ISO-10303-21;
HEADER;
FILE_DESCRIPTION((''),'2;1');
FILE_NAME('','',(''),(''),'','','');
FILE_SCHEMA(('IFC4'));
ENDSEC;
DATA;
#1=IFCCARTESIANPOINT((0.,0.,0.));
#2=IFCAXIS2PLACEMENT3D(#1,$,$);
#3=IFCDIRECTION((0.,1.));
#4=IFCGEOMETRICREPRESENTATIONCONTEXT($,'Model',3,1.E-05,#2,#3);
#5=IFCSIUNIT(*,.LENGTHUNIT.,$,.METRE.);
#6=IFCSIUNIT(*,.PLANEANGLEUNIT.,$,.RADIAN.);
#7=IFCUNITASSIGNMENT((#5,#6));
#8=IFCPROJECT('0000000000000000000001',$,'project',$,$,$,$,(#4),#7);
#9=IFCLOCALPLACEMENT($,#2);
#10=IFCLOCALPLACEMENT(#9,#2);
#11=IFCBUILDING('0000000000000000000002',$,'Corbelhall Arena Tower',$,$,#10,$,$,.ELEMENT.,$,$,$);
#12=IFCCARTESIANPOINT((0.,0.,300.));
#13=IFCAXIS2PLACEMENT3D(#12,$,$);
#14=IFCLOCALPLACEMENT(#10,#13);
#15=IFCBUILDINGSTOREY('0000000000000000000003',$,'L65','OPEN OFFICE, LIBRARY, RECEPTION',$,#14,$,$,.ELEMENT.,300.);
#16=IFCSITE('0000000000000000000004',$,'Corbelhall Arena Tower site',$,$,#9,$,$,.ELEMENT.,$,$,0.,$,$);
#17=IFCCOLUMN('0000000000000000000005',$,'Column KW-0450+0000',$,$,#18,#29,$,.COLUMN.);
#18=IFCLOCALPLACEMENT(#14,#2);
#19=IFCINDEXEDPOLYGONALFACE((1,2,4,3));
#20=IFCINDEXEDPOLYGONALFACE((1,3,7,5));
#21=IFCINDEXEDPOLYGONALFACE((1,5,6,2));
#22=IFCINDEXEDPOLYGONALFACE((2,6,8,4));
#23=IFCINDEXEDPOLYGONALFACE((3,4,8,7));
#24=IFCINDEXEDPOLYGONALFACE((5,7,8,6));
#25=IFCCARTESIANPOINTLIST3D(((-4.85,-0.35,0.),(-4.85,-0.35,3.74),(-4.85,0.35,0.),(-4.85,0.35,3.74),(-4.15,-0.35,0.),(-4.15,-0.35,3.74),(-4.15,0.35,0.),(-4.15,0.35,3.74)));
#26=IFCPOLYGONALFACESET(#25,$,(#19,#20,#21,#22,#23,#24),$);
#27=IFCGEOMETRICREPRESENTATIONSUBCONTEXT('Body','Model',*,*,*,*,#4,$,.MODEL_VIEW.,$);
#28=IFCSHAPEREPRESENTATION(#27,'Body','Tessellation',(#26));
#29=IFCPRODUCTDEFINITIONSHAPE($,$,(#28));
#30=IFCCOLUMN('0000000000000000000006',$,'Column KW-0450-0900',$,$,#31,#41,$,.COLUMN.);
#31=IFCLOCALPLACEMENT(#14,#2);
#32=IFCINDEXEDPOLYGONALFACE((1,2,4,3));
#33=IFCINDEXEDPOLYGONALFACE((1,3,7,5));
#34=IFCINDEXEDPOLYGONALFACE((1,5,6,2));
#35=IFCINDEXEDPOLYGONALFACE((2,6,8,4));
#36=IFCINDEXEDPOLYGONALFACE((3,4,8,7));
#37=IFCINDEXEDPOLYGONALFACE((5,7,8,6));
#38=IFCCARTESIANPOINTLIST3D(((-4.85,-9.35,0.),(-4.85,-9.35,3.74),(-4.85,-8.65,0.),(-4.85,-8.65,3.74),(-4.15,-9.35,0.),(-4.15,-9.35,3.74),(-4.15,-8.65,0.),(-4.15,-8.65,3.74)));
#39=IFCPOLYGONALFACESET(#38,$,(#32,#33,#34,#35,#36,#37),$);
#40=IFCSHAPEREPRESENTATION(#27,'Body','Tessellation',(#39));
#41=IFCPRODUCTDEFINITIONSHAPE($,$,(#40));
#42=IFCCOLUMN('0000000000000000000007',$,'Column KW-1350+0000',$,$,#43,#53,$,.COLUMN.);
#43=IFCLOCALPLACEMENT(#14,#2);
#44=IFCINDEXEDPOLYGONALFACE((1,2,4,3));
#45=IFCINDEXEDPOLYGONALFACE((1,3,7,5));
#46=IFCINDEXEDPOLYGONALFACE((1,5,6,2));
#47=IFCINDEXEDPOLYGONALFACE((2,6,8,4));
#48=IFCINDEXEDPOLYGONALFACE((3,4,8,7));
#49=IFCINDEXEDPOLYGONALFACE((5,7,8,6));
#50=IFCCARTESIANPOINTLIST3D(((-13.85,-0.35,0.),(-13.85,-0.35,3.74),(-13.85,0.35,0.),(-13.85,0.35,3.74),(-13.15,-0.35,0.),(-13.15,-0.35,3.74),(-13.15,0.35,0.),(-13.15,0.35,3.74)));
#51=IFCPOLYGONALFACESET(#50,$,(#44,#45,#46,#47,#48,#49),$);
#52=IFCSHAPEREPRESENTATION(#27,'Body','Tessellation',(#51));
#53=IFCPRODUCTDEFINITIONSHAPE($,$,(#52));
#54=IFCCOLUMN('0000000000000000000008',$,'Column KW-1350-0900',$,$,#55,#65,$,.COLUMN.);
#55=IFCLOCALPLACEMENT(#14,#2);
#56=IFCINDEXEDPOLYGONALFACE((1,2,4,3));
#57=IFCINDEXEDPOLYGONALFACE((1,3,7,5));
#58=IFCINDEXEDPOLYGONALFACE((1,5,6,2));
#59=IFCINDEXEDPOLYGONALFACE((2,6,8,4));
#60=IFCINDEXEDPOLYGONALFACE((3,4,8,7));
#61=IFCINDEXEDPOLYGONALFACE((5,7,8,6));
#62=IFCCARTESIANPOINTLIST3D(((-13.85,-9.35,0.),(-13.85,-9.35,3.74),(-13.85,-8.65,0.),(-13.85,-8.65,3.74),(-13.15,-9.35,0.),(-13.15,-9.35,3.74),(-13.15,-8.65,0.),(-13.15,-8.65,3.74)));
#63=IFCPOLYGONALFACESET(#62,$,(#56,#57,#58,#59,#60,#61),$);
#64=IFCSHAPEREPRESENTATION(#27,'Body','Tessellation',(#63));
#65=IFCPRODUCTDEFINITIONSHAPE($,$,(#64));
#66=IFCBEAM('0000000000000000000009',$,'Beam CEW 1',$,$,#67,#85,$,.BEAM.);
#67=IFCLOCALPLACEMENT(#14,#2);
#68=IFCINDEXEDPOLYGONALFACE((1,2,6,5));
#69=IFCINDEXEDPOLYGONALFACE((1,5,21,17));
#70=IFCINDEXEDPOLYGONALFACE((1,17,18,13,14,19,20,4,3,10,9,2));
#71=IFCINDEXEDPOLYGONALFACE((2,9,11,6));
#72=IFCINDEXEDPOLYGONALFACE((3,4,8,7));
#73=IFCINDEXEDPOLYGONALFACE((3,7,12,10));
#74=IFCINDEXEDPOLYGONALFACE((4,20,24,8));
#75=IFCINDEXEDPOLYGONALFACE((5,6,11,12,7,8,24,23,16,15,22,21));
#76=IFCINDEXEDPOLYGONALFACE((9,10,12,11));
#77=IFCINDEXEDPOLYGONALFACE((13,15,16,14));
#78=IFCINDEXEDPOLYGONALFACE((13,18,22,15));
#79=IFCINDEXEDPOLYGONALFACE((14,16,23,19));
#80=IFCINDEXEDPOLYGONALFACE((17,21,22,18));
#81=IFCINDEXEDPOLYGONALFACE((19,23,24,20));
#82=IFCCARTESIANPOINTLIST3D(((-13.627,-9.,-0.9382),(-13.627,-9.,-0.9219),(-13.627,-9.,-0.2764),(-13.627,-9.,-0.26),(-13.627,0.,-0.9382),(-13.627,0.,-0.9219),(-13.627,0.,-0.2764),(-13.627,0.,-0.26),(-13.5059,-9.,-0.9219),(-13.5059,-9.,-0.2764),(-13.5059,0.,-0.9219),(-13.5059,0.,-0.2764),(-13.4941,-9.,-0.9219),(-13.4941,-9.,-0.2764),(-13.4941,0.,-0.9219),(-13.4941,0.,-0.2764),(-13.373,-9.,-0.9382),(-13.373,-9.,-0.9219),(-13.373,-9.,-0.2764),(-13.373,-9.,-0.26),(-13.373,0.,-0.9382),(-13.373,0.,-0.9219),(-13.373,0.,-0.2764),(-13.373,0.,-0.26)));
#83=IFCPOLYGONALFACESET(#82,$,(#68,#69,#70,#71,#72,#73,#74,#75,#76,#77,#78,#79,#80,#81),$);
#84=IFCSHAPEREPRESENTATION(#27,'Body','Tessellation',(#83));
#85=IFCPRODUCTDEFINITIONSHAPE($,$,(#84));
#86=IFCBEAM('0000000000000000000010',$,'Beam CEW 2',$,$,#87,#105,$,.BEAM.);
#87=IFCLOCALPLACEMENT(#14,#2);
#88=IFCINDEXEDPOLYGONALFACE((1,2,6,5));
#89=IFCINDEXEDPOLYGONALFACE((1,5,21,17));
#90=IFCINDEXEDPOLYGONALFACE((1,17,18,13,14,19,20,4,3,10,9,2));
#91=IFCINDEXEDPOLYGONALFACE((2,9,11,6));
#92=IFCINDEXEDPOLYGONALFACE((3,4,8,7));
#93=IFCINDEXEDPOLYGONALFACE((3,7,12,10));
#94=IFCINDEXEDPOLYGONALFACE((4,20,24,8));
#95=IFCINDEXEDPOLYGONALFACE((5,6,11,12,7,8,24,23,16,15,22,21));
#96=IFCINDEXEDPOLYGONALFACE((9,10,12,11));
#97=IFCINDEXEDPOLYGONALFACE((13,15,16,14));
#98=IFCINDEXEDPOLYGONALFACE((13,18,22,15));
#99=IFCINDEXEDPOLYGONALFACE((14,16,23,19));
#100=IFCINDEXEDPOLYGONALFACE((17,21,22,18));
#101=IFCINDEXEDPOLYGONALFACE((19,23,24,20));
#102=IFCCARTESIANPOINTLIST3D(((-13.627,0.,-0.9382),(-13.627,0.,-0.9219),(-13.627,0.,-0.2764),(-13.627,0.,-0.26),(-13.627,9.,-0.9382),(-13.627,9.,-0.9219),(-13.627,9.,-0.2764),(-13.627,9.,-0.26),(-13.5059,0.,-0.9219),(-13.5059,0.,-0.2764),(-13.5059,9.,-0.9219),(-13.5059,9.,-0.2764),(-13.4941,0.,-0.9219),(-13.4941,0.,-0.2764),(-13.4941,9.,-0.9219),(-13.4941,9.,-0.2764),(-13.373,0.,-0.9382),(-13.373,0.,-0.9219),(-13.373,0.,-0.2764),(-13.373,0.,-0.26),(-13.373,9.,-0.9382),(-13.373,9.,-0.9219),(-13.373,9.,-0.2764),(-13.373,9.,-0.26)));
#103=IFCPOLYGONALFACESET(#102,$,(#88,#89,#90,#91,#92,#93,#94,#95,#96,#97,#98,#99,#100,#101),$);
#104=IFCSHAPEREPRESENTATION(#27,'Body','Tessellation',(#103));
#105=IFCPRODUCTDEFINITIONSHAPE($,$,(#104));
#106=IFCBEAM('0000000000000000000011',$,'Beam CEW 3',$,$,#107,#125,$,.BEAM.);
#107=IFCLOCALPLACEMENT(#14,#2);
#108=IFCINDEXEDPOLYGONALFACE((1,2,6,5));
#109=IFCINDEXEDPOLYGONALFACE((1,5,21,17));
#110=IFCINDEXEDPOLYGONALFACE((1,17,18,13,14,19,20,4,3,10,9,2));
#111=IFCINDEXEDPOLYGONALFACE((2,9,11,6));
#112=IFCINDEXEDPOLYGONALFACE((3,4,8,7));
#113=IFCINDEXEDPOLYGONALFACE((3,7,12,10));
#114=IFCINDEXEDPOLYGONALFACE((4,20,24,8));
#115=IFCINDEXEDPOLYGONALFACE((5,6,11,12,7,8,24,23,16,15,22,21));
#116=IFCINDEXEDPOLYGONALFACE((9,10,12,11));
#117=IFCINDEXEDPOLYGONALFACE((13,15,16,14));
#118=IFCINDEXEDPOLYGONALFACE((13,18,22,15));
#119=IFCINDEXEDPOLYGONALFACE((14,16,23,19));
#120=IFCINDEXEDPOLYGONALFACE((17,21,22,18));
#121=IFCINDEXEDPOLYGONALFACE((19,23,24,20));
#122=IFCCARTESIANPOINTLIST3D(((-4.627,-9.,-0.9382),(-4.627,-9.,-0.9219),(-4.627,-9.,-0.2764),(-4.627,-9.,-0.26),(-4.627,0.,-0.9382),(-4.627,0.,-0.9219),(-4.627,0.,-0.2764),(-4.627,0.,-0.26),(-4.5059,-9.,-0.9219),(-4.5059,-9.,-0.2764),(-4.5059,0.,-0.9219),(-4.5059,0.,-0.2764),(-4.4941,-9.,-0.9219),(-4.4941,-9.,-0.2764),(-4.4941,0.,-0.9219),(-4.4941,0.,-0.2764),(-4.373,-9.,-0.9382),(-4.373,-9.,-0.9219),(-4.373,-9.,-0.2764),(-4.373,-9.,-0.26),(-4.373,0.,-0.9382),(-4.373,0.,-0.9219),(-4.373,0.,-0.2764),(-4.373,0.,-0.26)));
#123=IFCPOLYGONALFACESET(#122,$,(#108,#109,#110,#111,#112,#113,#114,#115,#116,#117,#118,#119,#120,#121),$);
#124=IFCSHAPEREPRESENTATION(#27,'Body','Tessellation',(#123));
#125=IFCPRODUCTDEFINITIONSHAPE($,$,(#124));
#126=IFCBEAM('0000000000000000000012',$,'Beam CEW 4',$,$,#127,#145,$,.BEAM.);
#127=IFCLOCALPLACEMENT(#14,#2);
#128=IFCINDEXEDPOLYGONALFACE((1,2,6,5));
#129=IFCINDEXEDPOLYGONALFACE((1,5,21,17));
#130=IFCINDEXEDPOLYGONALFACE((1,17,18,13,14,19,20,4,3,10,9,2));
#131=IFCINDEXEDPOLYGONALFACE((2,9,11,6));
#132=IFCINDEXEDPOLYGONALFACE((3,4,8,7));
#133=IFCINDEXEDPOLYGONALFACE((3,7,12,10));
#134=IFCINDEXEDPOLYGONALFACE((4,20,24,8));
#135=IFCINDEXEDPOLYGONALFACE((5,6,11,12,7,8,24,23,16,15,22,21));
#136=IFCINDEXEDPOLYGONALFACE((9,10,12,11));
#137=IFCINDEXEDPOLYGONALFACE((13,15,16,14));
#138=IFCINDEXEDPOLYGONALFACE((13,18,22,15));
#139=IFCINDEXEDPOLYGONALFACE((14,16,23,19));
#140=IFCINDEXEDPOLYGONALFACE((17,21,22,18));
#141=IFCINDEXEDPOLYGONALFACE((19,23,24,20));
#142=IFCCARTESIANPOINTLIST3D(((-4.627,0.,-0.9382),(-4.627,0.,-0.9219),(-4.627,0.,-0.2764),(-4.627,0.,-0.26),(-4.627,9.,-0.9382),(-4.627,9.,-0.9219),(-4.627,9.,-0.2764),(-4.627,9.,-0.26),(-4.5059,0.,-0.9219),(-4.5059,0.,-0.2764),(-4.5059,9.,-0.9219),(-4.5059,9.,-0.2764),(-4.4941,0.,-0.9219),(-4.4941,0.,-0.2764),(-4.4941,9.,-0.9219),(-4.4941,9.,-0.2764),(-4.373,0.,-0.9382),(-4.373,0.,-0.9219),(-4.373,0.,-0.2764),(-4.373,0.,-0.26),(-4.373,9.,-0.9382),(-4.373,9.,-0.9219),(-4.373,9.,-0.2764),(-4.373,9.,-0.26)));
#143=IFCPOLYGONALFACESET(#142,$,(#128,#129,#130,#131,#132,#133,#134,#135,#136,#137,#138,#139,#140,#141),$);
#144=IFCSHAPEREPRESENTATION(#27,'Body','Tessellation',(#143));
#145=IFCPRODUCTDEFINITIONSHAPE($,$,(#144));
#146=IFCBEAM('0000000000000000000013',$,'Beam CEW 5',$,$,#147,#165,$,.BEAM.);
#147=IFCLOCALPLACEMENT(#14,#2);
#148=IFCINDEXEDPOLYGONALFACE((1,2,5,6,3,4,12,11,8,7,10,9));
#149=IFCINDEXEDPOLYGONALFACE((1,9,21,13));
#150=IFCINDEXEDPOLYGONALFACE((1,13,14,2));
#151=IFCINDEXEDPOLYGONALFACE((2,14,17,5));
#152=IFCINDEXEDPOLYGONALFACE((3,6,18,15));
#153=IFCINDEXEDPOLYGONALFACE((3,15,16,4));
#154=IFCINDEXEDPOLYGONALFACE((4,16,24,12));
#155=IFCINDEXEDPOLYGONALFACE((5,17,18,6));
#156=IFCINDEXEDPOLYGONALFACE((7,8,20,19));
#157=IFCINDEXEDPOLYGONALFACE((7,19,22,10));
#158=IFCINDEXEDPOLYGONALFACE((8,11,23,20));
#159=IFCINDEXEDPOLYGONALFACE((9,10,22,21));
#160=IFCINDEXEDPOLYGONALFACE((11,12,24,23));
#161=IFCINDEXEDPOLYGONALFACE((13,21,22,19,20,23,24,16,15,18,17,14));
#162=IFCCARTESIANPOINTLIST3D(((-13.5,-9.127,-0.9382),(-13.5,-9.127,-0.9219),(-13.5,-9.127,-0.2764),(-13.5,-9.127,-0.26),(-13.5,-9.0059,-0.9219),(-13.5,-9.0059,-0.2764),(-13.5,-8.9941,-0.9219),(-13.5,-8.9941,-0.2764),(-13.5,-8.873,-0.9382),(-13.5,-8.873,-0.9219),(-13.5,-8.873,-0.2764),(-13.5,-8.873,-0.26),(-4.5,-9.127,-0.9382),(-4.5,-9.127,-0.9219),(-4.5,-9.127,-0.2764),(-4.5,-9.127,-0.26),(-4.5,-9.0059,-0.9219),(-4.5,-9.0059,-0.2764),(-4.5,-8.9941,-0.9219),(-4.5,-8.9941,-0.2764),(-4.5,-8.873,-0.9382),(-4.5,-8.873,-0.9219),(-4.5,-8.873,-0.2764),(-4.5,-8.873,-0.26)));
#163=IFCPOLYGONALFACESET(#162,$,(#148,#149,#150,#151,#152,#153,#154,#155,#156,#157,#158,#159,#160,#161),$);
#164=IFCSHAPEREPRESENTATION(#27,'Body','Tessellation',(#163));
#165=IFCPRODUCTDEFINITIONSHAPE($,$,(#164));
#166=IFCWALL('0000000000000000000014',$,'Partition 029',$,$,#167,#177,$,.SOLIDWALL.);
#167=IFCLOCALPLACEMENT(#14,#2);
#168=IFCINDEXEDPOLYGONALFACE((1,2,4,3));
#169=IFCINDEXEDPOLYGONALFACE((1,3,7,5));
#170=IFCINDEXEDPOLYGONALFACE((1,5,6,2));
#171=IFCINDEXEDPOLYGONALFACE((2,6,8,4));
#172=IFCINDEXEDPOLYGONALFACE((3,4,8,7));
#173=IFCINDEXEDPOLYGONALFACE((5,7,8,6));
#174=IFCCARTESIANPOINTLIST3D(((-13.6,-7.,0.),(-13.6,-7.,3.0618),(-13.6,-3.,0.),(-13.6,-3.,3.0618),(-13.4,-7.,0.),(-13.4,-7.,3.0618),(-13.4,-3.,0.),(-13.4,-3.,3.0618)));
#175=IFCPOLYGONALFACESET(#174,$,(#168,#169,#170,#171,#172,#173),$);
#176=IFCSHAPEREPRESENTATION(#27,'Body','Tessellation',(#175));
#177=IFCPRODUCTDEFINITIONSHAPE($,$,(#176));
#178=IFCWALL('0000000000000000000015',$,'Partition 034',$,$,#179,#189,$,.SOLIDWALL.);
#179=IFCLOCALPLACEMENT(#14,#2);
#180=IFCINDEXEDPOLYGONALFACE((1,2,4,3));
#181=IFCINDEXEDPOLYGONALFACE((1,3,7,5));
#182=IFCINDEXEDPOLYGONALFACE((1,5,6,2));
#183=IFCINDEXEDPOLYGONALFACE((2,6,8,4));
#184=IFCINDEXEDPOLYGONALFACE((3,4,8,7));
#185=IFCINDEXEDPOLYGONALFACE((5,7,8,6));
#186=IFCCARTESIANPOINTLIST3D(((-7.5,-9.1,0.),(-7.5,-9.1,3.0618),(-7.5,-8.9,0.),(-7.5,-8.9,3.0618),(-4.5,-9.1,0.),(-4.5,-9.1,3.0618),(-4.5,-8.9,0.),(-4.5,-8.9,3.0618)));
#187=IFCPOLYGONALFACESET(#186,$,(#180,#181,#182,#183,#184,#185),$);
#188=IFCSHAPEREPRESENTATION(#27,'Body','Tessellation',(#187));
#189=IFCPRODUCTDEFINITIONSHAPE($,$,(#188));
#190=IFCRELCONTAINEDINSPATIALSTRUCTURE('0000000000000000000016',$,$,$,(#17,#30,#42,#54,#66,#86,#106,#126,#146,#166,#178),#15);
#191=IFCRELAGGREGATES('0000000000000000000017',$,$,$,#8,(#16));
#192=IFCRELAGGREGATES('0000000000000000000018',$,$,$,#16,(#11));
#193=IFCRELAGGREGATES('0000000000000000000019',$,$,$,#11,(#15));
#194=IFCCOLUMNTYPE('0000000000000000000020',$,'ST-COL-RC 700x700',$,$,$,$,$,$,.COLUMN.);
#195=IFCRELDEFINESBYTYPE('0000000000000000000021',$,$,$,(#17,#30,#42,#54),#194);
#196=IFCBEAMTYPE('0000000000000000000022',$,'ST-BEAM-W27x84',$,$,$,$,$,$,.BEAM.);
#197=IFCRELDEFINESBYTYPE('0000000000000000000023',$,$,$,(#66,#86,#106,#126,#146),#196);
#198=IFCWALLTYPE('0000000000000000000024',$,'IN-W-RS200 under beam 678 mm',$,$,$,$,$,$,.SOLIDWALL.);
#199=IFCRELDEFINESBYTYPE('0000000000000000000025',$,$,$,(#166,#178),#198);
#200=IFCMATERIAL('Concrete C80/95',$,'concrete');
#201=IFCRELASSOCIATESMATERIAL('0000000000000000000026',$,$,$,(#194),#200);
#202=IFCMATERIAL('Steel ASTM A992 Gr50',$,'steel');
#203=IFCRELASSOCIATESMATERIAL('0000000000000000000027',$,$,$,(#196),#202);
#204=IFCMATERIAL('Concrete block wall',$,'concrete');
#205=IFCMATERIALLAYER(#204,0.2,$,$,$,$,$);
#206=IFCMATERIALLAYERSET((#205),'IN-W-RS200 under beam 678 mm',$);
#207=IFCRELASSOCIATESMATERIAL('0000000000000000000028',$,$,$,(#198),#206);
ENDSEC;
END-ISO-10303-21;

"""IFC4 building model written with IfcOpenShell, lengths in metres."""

from ifc_helpers import new_model, si_unit, direction, frame, frame_2d, origin, origin_2d, place, context, subcontext, project, spatial, rectangle, i_section, extrude, material, layer, layer_set, material_profile, profile_set, type_object, element, save


model = new_model("IFC4")

# Units and contexts
model_context = context("Model", 3, precision=1e-05, world=origin(), true_north=direction((0.0, 1.0)))
body_context = subcontext(model_context, "Body", "Model", "MODEL_VIEW")
ifc_project = project(units=[si_unit("LENGTHUNIT", "METRE"), si_unit("PLANEANGLEUNIT", "RADIAN")], contexts=[model_context])

# Site, building, storey
site_placement = place(None, origin())
site = spatial("IfcSite", under=ifc_project, at=site_placement, Name="Corbelhall Arena Tower site", CompositionType="ELEMENT", RefElevation=0.0)
building_placement = place(site_placement, origin())
building = spatial("IfcBuilding", under=site, at=building_placement, Name="Corbelhall Arena Tower", CompositionType="ELEMENT")
storey_placement = place(building_placement, frame((0.0, 0.0, 300.0)))
storey = spatial("IfcBuildingStorey", under=building, at=storey_placement, Name="L65", Description="OPEN OFFICE, LIBRARY, RECEPTION", CompositionType="ELEMENT", Elevation=300.0)

# Columns
ifc_material_1 = material(Name="Concrete C80/95", Category="concrete")
ifc_material_profile_1 = material_profile(ifc_material_1, rectangle(XDim=0.7, YDim=0.7, at=origin_2d()))
ifc_profile_set_1 = profile_set([ifc_material_profile_1], Name="Concrete C80/95")
column_type = type_object("IfcColumnType", Name="ST-COL-RC 700x700", PredefinedType="COLUMN", material=ifc_profile_set_1)
for number, where, z_axis, x_axis, name in (
    (1, (-4.5, 0.0, 0.0), (0.0, 0.0, 1.0), (1.0, 0.0, 0.0), "Column KW-0450+0000"),
    (2, (-4.5, -9.0, 0.0), (0.0, 0.0, 1.0), (1.0, 0.0, 0.0), "Column KW-0450-0900"),
    (3, (-13.5, 0.0, 0.0), (0.0, 0.0, 1.0), (1.0, 0.0, 0.0), "Column KW-1350+0000"),
    (4, (-13.5, -9.0, 0.0), (0.0, 0.0, 1.0), (1.0, 0.0, 0.0), "Column KW-1350-0900"),
):
    element("IfcColumn", number, at=place(storey_placement, frame(where, z_axis=z_axis, x_axis=x_axis)), inside=storey, type_object=column_type, Name=name, PredefinedType="COLUMN", context=body_context, shape_type="SweptSolid", body=[
        extrude(rectangle(XDim=0.7, YDim=0.7, at=origin_2d()), origin(), (0.0, 0.0, 1.0), 3.74),
    ])

# Beams
ifc_material_2 = material(Name="Steel ASTM A992 Gr50", Category="steel")
ifc_material_profile_2 = material_profile(ifc_material_2, i_section(OverallWidth=0.2539, OverallDepth=0.6782, WebThickness=0.0117, FlangeThickness=0.0164, at=origin_2d()))
ifc_profile_set_2 = profile_set([ifc_material_profile_2], Name="Steel ASTM A992 Gr50")
beam_type = type_object("IfcBeamType", Name="ST-BEAM-W27x84", PredefinedType="BEAM", material=ifc_profile_set_2)
for number, where, z_axis, x_axis, name in (
    (5, (-13.5, -9.0, -0.5991), (0.0, 1.0, 0.0), (-1.0, 0.0, 0.0), "Beam CEW 1"),
    (6, (-13.5, 0.0, -0.5991), (0.0, 1.0, 0.0), (-1.0, 0.0, 0.0), "Beam CEW 2"),
    (7, (-4.5, -9.0, -0.5991), (0.0, 1.0, 0.0), (-1.0, 0.0, 0.0), "Beam CEW 3"),
    (8, (-4.5, 0.0, -0.5991), (0.0, 1.0, 0.0), (-1.0, 0.0, 0.0), "Beam CEW 4"),
    (9, (-13.5, -9.0, -0.5991), (1.0, 0.0, 0.0), (0.0, 1.0, 0.0), "Beam CEW 5"),
):
    element("IfcBeam", number, at=place(storey_placement, frame(where, z_axis=z_axis, x_axis=x_axis)), inside=storey, type_object=beam_type, Name=name, PredefinedType="BEAM", context=body_context, shape_type="SweptSolid", body=[
        extrude(i_section(OverallWidth=0.2539, OverallDepth=0.6782, WebThickness=0.0117, FlangeThickness=0.0164, at=origin_2d()), origin(), (0.0, 0.0, 1.0), 9.0),
    ])

# Shared definitions
ifc_material_3 = material(Name="Concrete block wall", Category="concrete")

# Walls
ifc_layer_1 = layer(ifc_material_3, 0.2)
ifc_layer_set_1 = layer_set([ifc_layer_1], Name="IN-W-RS200 under beam 678 mm")
wall_type_1 = type_object("IfcWallType", Name="IN-W-RS200 under beam 678 mm", PredefinedType="SOLIDWALL", material=ifc_layer_set_1)
wall_1_placement = place(storey_placement, frame((-13.5, -7.0, 0.0), z_axis=(0.0, 0.0, 1.0), x_axis=(0.0, 1.0, 0.0)))
element("IfcWall", 10, at=wall_1_placement, inside=storey, type_object=wall_type_1, Name="Partition 029", PredefinedType="SOLIDWALL", context=body_context, shape_type="SweptSolid", body=[
    extrude(rectangle(XDim=4.0, YDim=0.2, at=frame_2d((2.0, 0.0))), origin(), (0.0, 0.0, 1.0), 3.0618),
])
wall_2_placement = place(storey_placement, frame((-4.5, -9.0, 0.0), z_axis=(0.0, 0.0, 1.0), x_axis=(-1.0, 0.0, 0.0)))
element("IfcWall", 11, at=wall_2_placement, inside=storey, type_object=wall_type_1, Name="Partition 034", PredefinedType="SOLIDWALL", context=body_context, shape_type="SweptSolid", body=[
    extrude(rectangle(XDim=3.0, YDim=0.2, at=frame_2d((1.5, 0.0))), origin(), (0.0, 0.0, 1.0), 3.0618),
])

save(model, "model.ifc")
